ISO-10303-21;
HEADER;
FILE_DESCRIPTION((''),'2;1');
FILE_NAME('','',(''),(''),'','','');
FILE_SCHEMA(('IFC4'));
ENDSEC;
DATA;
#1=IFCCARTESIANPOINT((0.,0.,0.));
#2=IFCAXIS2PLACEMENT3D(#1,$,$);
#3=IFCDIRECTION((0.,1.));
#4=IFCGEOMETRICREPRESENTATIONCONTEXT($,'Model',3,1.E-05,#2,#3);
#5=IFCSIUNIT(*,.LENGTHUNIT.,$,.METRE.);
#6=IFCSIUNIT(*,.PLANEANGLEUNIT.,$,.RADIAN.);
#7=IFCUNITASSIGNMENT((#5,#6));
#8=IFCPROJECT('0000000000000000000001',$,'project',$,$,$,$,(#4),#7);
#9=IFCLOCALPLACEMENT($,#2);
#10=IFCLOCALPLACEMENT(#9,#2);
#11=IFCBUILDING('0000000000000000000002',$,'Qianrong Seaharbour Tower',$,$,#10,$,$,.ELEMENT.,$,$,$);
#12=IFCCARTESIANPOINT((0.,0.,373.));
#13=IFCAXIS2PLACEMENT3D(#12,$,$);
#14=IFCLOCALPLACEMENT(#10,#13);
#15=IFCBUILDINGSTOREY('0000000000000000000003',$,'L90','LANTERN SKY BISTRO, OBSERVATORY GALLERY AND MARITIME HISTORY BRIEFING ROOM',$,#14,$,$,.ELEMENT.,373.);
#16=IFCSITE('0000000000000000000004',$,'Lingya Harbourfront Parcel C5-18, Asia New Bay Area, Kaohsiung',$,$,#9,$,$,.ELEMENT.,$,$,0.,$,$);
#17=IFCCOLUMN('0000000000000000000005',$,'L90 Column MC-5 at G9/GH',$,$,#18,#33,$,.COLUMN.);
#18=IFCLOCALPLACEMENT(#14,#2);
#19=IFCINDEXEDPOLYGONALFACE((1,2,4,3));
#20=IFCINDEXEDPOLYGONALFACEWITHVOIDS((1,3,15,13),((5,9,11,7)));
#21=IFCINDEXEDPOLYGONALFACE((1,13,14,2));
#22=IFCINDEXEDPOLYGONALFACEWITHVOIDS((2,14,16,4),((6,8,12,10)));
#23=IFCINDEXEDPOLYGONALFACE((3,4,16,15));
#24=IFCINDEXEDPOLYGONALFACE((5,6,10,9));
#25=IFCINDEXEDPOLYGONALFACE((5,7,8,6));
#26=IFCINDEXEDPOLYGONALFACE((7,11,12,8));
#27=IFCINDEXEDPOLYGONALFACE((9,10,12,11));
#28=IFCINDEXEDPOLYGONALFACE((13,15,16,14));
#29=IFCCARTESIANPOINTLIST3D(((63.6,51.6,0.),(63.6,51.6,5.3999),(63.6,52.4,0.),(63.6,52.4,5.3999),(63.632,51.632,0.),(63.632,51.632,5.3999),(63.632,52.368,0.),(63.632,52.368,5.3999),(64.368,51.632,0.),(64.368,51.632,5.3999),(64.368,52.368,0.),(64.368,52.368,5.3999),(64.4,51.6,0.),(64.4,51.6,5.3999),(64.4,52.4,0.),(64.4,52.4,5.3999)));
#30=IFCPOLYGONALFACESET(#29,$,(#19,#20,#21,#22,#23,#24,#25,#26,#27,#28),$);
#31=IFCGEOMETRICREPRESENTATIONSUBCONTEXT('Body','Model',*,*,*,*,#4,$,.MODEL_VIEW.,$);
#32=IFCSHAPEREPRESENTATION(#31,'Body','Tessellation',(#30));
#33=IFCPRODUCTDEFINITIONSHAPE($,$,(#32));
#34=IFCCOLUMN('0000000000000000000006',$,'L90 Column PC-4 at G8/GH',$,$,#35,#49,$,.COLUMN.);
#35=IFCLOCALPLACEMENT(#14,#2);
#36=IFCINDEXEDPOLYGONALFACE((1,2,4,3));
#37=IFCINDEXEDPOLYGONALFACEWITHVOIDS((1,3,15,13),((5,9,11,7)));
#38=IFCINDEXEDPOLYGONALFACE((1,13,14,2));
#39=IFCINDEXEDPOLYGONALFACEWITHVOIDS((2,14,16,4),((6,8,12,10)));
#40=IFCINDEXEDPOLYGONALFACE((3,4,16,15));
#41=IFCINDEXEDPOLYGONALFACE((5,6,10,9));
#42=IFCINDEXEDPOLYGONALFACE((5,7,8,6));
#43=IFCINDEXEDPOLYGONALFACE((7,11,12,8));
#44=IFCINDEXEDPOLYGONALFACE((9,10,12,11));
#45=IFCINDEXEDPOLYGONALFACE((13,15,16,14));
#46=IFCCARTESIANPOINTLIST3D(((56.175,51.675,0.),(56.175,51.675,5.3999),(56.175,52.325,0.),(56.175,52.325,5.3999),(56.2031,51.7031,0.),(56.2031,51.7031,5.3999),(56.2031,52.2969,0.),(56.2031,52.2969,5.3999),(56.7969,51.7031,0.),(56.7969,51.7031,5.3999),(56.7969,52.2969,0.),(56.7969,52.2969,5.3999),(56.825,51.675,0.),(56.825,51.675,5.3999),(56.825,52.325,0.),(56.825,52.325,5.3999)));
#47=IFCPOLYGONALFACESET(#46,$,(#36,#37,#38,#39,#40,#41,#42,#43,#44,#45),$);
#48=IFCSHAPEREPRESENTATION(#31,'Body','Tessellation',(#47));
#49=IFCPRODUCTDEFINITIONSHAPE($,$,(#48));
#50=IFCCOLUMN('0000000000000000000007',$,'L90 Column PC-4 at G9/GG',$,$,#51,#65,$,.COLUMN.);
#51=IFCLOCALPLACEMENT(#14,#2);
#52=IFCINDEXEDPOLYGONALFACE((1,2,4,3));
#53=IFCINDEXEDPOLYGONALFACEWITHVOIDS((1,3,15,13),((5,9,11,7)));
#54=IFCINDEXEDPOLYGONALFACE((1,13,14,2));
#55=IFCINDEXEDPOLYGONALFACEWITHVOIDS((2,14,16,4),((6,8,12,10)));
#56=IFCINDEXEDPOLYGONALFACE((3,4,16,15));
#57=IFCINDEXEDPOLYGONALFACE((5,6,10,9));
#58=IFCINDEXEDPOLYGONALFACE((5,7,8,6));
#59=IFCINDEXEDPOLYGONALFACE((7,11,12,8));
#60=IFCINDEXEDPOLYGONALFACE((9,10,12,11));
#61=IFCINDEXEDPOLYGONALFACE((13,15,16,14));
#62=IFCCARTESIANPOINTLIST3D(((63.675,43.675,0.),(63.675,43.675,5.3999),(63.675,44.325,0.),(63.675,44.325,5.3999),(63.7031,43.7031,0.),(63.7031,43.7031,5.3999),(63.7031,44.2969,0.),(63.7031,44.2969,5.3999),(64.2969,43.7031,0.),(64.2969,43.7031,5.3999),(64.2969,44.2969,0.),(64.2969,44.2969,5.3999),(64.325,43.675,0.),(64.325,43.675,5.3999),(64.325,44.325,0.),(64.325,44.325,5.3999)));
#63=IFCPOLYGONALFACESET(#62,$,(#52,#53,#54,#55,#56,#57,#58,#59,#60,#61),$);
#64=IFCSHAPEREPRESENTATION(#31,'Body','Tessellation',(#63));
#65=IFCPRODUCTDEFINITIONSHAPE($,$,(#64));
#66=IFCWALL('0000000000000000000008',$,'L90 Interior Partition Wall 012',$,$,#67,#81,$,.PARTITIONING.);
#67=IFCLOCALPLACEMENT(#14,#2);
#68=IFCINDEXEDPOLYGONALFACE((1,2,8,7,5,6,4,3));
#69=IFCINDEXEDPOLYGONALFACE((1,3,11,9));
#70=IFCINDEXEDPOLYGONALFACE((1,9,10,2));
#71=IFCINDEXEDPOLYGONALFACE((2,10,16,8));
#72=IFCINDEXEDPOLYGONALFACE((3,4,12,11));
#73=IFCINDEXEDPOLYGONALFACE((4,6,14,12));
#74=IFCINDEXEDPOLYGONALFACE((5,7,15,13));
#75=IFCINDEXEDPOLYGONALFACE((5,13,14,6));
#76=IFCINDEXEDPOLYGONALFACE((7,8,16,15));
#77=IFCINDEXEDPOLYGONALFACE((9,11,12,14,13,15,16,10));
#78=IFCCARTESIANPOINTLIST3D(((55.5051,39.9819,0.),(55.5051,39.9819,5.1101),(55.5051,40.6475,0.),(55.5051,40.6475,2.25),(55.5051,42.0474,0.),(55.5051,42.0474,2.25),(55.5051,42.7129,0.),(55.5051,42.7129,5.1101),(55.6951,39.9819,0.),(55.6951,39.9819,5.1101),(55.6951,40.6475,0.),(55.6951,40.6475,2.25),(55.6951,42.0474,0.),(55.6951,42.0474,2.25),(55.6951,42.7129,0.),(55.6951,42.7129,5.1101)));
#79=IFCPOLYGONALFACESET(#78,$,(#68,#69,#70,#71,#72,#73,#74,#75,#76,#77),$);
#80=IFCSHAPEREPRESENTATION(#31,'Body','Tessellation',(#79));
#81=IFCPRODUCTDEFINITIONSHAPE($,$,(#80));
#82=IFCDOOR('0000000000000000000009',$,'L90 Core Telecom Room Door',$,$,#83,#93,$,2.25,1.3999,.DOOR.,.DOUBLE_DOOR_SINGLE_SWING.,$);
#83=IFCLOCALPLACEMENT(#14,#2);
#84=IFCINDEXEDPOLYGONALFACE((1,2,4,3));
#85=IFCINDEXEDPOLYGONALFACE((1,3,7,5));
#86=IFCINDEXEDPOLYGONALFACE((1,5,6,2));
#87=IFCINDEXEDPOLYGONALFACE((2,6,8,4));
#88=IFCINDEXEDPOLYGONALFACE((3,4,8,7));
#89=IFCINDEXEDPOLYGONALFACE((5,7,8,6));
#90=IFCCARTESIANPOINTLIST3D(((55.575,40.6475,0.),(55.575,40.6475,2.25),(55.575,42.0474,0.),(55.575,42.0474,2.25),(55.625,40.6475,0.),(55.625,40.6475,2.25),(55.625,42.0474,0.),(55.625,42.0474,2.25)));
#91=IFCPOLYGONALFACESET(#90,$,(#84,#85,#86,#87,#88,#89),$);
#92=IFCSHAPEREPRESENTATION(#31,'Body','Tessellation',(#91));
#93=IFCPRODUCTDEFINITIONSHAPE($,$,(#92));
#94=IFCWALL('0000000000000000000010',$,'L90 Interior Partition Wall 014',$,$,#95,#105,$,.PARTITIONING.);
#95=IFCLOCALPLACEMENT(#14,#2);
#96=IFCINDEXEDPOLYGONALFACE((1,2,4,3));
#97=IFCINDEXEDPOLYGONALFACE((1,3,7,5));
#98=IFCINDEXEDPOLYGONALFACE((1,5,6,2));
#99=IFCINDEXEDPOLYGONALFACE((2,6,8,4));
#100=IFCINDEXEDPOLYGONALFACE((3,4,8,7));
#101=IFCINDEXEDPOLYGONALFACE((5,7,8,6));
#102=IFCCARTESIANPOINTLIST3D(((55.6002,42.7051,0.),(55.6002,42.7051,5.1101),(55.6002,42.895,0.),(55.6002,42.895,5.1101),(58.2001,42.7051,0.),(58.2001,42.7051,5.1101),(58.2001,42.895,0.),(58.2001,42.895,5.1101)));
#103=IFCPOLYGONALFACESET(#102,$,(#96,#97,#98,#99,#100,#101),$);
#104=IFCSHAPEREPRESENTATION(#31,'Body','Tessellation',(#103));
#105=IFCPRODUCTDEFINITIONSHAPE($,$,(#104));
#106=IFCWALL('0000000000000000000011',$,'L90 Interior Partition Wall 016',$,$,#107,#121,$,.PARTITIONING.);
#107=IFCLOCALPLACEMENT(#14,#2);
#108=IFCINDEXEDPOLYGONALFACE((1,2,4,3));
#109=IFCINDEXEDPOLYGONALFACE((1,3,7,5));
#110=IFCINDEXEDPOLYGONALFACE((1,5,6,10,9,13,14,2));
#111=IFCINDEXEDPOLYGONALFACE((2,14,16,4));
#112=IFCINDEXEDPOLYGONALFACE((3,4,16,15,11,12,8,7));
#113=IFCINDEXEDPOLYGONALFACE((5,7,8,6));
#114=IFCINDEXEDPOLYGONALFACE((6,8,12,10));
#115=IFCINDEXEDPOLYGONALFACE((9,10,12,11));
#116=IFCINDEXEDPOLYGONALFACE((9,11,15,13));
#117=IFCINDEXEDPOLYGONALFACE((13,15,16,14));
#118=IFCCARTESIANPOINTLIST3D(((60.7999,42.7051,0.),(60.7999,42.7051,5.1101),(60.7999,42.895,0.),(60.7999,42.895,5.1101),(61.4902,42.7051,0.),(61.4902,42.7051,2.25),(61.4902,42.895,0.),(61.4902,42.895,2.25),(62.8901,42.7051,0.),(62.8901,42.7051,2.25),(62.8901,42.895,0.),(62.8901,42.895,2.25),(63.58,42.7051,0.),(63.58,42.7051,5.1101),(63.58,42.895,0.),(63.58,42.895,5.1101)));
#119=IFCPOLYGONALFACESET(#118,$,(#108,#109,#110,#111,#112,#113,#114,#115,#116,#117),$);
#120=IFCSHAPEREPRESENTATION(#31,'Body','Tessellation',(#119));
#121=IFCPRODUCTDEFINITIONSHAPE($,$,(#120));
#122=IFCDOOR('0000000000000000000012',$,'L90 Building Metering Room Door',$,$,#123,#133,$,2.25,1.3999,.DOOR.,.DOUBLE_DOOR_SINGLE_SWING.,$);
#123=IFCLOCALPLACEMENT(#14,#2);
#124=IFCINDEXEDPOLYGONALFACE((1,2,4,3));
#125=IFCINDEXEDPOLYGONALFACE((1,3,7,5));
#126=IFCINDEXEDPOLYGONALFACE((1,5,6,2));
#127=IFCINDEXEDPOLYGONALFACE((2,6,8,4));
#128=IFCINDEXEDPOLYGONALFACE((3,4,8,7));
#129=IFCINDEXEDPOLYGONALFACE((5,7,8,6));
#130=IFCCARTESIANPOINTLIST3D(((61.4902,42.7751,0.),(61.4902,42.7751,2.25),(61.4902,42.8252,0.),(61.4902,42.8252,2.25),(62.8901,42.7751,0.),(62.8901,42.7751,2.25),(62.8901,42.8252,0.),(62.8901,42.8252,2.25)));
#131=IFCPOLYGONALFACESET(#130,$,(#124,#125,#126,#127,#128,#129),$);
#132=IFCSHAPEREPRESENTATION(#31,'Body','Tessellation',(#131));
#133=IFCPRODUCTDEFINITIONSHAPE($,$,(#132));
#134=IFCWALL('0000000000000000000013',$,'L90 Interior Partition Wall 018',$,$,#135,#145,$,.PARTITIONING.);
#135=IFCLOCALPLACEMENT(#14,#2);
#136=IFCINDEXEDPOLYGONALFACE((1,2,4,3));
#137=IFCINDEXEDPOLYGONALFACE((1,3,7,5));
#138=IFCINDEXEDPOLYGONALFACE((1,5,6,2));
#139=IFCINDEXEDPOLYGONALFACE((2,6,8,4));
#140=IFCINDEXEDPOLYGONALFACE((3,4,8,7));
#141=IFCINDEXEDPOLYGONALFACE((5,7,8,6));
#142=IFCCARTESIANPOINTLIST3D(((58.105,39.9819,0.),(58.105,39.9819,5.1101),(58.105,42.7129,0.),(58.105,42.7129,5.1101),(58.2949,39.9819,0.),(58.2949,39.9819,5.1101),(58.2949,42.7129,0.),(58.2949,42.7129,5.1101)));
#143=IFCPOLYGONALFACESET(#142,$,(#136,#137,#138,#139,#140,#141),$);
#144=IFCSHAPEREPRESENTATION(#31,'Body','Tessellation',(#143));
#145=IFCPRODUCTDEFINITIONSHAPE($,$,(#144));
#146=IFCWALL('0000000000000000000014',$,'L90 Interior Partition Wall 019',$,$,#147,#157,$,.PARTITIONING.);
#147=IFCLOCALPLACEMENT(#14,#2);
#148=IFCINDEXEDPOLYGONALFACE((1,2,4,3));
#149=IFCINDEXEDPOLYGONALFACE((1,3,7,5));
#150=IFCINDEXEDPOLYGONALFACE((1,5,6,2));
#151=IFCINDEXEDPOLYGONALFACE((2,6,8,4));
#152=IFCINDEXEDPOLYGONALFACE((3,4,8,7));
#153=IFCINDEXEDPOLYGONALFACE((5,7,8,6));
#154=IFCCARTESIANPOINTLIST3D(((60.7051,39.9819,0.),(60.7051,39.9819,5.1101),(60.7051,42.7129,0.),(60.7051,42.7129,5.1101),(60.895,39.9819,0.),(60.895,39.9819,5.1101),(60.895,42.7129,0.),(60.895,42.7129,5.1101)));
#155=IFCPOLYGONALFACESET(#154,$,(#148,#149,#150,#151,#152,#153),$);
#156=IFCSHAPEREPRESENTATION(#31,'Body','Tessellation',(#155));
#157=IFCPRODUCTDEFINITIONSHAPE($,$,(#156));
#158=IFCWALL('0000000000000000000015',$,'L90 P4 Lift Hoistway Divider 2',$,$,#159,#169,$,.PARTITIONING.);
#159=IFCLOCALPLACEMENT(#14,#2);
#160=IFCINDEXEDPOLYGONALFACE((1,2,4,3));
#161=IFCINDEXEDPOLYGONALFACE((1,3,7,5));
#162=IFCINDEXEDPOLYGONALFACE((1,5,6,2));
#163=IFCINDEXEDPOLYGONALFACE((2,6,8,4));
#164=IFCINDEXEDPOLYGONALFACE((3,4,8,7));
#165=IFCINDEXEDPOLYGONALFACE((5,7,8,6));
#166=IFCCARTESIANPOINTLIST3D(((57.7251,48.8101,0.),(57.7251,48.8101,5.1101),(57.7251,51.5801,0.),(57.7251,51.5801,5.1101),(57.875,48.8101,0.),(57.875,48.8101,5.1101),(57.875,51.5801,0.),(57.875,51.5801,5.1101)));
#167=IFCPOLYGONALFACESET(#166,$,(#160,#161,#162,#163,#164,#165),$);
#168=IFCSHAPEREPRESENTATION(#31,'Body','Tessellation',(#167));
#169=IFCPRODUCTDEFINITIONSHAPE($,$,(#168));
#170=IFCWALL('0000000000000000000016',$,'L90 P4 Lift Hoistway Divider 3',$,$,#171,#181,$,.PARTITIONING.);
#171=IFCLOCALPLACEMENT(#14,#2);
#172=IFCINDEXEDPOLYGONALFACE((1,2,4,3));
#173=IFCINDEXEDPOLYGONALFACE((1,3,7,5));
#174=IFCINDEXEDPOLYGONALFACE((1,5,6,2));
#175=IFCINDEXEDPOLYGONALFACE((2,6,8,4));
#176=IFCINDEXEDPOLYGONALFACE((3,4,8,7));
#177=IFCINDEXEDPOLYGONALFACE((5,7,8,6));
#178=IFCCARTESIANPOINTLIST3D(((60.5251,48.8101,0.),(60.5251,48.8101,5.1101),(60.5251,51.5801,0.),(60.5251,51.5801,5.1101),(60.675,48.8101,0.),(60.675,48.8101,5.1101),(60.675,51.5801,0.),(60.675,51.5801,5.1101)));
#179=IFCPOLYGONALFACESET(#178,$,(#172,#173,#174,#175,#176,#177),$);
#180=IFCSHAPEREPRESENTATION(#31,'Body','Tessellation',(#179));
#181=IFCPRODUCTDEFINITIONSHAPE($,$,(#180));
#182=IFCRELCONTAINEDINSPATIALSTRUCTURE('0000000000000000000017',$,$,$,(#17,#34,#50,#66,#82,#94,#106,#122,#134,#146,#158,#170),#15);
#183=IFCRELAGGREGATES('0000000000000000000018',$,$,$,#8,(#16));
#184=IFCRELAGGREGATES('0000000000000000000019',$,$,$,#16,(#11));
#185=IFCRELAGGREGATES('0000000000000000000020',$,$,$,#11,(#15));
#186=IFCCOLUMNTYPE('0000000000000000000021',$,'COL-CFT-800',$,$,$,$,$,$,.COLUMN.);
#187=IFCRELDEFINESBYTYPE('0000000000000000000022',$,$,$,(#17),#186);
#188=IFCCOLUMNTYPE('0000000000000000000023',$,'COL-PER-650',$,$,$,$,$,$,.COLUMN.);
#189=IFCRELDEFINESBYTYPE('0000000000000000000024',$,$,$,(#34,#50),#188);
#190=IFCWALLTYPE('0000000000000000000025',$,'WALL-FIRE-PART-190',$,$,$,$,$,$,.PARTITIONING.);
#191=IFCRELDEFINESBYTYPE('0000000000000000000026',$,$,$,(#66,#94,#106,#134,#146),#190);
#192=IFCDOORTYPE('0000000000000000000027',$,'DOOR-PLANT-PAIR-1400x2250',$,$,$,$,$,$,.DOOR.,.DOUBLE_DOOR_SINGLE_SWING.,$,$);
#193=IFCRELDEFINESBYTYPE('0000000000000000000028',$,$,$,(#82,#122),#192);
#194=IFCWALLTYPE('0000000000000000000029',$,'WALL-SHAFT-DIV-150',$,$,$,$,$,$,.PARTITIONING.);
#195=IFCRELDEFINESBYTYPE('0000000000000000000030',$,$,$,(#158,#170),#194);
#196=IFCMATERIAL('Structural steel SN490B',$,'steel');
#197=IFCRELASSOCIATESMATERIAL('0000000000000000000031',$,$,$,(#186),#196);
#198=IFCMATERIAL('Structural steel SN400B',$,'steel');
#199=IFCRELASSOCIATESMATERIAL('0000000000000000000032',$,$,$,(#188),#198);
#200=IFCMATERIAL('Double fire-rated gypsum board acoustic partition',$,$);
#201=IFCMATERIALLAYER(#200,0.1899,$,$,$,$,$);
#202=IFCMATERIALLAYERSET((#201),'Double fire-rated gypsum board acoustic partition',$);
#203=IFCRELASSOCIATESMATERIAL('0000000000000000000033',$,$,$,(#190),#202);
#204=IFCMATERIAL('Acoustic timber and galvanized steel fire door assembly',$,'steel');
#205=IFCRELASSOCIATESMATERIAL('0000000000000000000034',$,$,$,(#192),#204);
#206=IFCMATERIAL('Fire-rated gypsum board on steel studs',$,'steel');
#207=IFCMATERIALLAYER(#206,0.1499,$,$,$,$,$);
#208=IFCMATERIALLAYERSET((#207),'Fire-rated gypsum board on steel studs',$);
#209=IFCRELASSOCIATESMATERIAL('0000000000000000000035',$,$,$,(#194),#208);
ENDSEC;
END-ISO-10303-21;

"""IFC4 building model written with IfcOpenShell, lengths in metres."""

from ifc_helpers import new_model, si_unit, direction, frame, frame_2d, origin, origin_2d, place, context, subcontext, project, spatial, rectangle, hollow_rectangle, extrude, material, layer, layer_set, material_profile, profile_set, type_object, element, fill, save


model = new_model("IFC4")

# Units and contexts
model_context = context("Model", 3, precision=1e-05, world=origin(), true_north=direction((0.0, 1.0)))
body_context = subcontext(model_context, "Body", "Model", "MODEL_VIEW")
ifc_project = project(units=[si_unit("LENGTHUNIT", "METRE"), si_unit("PLANEANGLEUNIT", "RADIAN")], contexts=[model_context])

# Site, building, storey
site_placement = place(None, origin())
site = spatial("IfcSite", under=ifc_project, at=site_placement, Name="Lingya Harbourfront Parcel C5-18, Asia New Bay Area, Kaohsiung", CompositionType="ELEMENT", RefElevation=0.0)
building_placement = place(site_placement, origin())
building = spatial("IfcBuilding", under=site, at=building_placement, Name="Qianrong Seaharbour Tower", CompositionType="ELEMENT")
storey_placement = place(building_placement, frame((0.0, 0.0, 373.0)))
storey = spatial("IfcBuildingStorey", under=building, at=storey_placement, Name="L90", Description="LANTERN SKY BISTRO, OBSERVATORY GALLERY AND MARITIME HISTORY BRIEFING ROOM", CompositionType="ELEMENT", Elevation=373.0)

# Columns
ifc_material_1 = material(Name="Structural steel SN490B", Category="steel")
ifc_material_profile_1 = material_profile(ifc_material_1, hollow_rectangle(XDim=0.8, YDim=0.8, WallThickness=0.032, at=origin_2d()), Name="BOX800x800x32")
ifc_profile_set_1 = profile_set([ifc_material_profile_1], Name="Structural steel SN490B")
column_type_1 = type_object("IfcColumnType", Name="COL-CFT-800", PredefinedType="COLUMN", material=ifc_profile_set_1)
column_placement = place(storey_placement, frame((64.0, 52.0, 0.0), z_axis=(0.0, 0.0, 1.0), x_axis=(1.0, 0.0, 0.0)))
element("IfcColumn", 1, at=column_placement, inside=storey, type_object=column_type_1, Name="L90 Column MC-5 at G9/GH", PredefinedType="COLUMN", context=body_context, shape_type="SweptSolid", body=[
    extrude(hollow_rectangle(XDim=0.8, YDim=0.8, WallThickness=0.032, at=origin_2d()), origin(), (0.0, 0.0, 1.0), 5.3999),
])
ifc_material_2 = material(Name="Structural steel SN400B", Category="steel")
ifc_material_profile_2 = material_profile(ifc_material_2, hollow_rectangle(XDim=0.6499, YDim=0.6499, WallThickness=0.0281, at=origin_2d()), Name="BOX650x650x28")
ifc_profile_set_2 = profile_set([ifc_material_profile_2], Name="Structural steel SN400B")
column_type_2 = type_object("IfcColumnType", Name="COL-PER-650", PredefinedType="COLUMN", material=ifc_profile_set_2)
for number, where, z_axis, x_axis, name in (
    (2, (56.5, 52.0, 0.0), (0.0, 0.0, 1.0), (1.0, 0.0, 0.0), "L90 Column PC-4 at G8/GH"),
    (3, (64.0, 44.0, 0.0), (0.0, 0.0, 1.0), (1.0, 0.0, 0.0), "L90 Column PC-4 at G9/GG"),
):
    element("IfcColumn", number, at=place(storey_placement, frame(where, z_axis=z_axis, x_axis=x_axis)), inside=storey, type_object=column_type_2, Name=name, PredefinedType="COLUMN", context=body_context, shape_type="SweptSolid", body=[
        extrude(hollow_rectangle(XDim=0.6499, YDim=0.6499, WallThickness=0.0281, at=origin_2d()), origin(), (0.0, 0.0, 1.0), 5.3999),
    ])

# Wall, opening, door
ifc_material_3 = material(Name="Acoustic timber and galvanized steel fire door assembly", Category="steel")
ifc_material_4 = material(Name="Double fire-rated gypsum board acoustic partition")
ifc_layer_1 = layer(ifc_material_4, 0.1899)
ifc_layer_set_1 = layer_set([ifc_layer_1], Name="Double fire-rated gypsum board acoustic partition")
wall_type_1 = type_object("IfcWallType", Name="WALL-FIRE-PART-190", PredefinedType="PARTITIONING", material=ifc_layer_set_1)
wall_1_placement = place(storey_placement, frame((55.6001, 42.7129, 0.0), z_axis=(0.0, 0.0, 1.0), x_axis=(0.0, -1.0, 0.0)))
wall_1 = element("IfcWall", 4, at=wall_1_placement, inside=storey, type_object=wall_type_1, Name="L90 Interior Partition Wall 012", PredefinedType="PARTITIONING", context=body_context, shape_type="SweptSolid", body=[
    extrude(rectangle(XDim=2.731, YDim=0.1899, at=frame_2d((1.3655, 0.0))), origin(), (0.0, 0.0, 1.0), 5.1101),
])
opening_1_placement = place(wall_1_placement, frame((0.6655, 0.0, 0.0)))
opening_1 = element("IfcOpeningElement", 5, at=opening_1_placement, cuts=wall_1, PredefinedType="OPENING", context=body_context, shape_type="SweptSolid", body=[
    extrude(rectangle(XDim=1.3999, YDim=2.25, at=frame_2d((0.7, 1.125))), frame((0.0, 0.105, 0.0), z_axis=(0.0, -1.0, 0.0), x_axis=(1.0, 0.0, 0.0)), (0.0, 0.0, 1.0), 0.21),
])
door_type_1 = type_object("IfcDoorType", Name="DOOR-PLANT-PAIR-1400x2250", OperationType="DOUBLE_DOOR_SINGLE_SWING", PredefinedType="DOOR", material=ifc_material_3)
door_1_placement = place(opening_1_placement, origin())
door_1 = element("IfcDoor", 6, at=door_1_placement, inside=storey, type_object=door_type_1, Name="L90 Core Telecom Room Door", OperationType="DOUBLE_DOOR_SINGLE_SWING", OverallHeight=2.25, OverallWidth=1.3999, PredefinedType="DOOR", context=body_context, shape_type="SweptSolid", body=[
    extrude(rectangle(XDim=1.3999, YDim=2.25, at=frame_2d((0.7, 1.125))), frame((0.0, 0.0249, 0.0), z_axis=(0.0, -1.0, 0.0), x_axis=(1.0, 0.0, 0.0)), (0.0, 0.0, 1.0), 0.05),
])
fill(opening_1, door_1)

# Wall
wall_2_placement = place(storey_placement, frame((58.2, 42.8, 0.0), z_axis=(0.0, 0.0, 1.0), x_axis=(-1.0, 0.0, 0.0)))
element("IfcWall", 7, at=wall_2_placement, inside=storey, type_object=wall_type_1, Name="L90 Interior Partition Wall 014", PredefinedType="PARTITIONING", context=body_context, shape_type="SweptSolid", body=[
    extrude(rectangle(XDim=2.5999, YDim=0.1899, at=frame_2d((1.2998, 0.0))), origin(), (0.0, 0.0, 1.0), 5.1101),
])

# Wall, opening, door
wall_3_placement = place(storey_placement, frame((63.5801, 42.8, 0.0), z_axis=(0.0, 0.0, 1.0), x_axis=(-1.0, 0.0, 0.0)))
wall_3 = element("IfcWall", 8, at=wall_3_placement, inside=storey, type_object=wall_type_1, Name="L90 Interior Partition Wall 016", PredefinedType="PARTITIONING", context=body_context, shape_type="SweptSolid", body=[
    extrude(rectangle(XDim=2.78, YDim=0.1899, at=frame_2d((1.3901, 0.0))), origin(), (0.0, 0.0, 1.0), 5.1101),
])
opening_2_placement = place(wall_3_placement, frame((0.6899, 0.0, 0.0)))
opening_2 = element("IfcOpeningElement", 9, at=opening_2_placement, cuts=wall_3, PredefinedType="OPENING", context=body_context, shape_type="SweptSolid", body=[
    extrude(rectangle(XDim=1.3999, YDim=2.25, at=frame_2d((0.7, 1.125))), frame((0.0, 0.105, 0.0), z_axis=(0.0, -1.0, 0.0), x_axis=(1.0, 0.0, 0.0)), (0.0, 0.0, 1.0), 0.21),
])
door_2_placement = place(opening_2_placement, origin())
door_2 = element("IfcDoor", 10, at=door_2_placement, inside=storey, type_object=door_type_1, Name="L90 Building Metering Room Door", OperationType="DOUBLE_DOOR_SINGLE_SWING", OverallHeight=2.25, OverallWidth=1.3999, PredefinedType="DOOR", context=body_context, shape_type="SweptSolid", body=[
    extrude(rectangle(XDim=1.3999, YDim=2.25, at=frame_2d((0.7, 1.125))), frame((0.0, 0.0249, 0.0), z_axis=(0.0, -1.0, 0.0), x_axis=(1.0, 0.0, 0.0)), (0.0, 0.0, 1.0), 0.05),
])
fill(opening_2, door_2)

# Walls
for number, where, z_axis, x_axis, name in (
    (11, (58.2, 42.7129, 0.0), (0.0, 0.0, 1.0), (0.0, -1.0, 0.0), "L90 Interior Partition Wall 018"),
    (12, (60.8, 42.7129, 0.0), (0.0, 0.0, 1.0), (0.0, -1.0, 0.0), "L90 Interior Partition Wall 019"),
):
    element("IfcWall", number, at=place(storey_placement, frame(where, z_axis=z_axis, x_axis=x_axis)), inside=storey, type_object=wall_type_1, Name=name, PredefinedType="PARTITIONING", context=body_context, shape_type="SweptSolid", body=[
        extrude(rectangle(XDim=2.731, YDim=0.1899, at=frame_2d((1.3655, 0.0))), origin(), (0.0, 0.0, 1.0), 5.1101),
    ])
ifc_material_5 = material(Name="Fire-rated gypsum board on steel studs", Category="steel")
ifc_layer_2 = layer(ifc_material_5, 0.1499)
ifc_layer_set_2 = layer_set([ifc_layer_2], Name="Fire-rated gypsum board on steel studs")
wall_type_2 = type_object("IfcWallType", Name="WALL-SHAFT-DIV-150", PredefinedType="PARTITIONING", material=ifc_layer_set_2)
for number, where, z_axis, x_axis, name in (
    (13, (57.8, 48.8101, 0.0), (0.0, 0.0, 1.0), (0.0, 1.0, 0.0), "L90 P4 Lift Hoistway Divider 2"),
    (14, (60.6001, 48.8101, 0.0), (0.0, 0.0, 1.0), (0.0, 1.0, 0.0), "L90 P4 Lift Hoistway Divider 3"),
):
    element("IfcWall", number, at=place(storey_placement, frame(where, z_axis=z_axis, x_axis=x_axis)), inside=storey, type_object=wall_type_2, Name=name, PredefinedType="PARTITIONING", context=body_context, shape_type="SweptSolid", body=[
        extrude(rectangle(XDim=2.77, YDim=0.1499, at=frame_2d((1.385, 0.0))), origin(), (0.0, 0.0, 1.0), 5.1101),
    ])

save(model, "model.ifc")
